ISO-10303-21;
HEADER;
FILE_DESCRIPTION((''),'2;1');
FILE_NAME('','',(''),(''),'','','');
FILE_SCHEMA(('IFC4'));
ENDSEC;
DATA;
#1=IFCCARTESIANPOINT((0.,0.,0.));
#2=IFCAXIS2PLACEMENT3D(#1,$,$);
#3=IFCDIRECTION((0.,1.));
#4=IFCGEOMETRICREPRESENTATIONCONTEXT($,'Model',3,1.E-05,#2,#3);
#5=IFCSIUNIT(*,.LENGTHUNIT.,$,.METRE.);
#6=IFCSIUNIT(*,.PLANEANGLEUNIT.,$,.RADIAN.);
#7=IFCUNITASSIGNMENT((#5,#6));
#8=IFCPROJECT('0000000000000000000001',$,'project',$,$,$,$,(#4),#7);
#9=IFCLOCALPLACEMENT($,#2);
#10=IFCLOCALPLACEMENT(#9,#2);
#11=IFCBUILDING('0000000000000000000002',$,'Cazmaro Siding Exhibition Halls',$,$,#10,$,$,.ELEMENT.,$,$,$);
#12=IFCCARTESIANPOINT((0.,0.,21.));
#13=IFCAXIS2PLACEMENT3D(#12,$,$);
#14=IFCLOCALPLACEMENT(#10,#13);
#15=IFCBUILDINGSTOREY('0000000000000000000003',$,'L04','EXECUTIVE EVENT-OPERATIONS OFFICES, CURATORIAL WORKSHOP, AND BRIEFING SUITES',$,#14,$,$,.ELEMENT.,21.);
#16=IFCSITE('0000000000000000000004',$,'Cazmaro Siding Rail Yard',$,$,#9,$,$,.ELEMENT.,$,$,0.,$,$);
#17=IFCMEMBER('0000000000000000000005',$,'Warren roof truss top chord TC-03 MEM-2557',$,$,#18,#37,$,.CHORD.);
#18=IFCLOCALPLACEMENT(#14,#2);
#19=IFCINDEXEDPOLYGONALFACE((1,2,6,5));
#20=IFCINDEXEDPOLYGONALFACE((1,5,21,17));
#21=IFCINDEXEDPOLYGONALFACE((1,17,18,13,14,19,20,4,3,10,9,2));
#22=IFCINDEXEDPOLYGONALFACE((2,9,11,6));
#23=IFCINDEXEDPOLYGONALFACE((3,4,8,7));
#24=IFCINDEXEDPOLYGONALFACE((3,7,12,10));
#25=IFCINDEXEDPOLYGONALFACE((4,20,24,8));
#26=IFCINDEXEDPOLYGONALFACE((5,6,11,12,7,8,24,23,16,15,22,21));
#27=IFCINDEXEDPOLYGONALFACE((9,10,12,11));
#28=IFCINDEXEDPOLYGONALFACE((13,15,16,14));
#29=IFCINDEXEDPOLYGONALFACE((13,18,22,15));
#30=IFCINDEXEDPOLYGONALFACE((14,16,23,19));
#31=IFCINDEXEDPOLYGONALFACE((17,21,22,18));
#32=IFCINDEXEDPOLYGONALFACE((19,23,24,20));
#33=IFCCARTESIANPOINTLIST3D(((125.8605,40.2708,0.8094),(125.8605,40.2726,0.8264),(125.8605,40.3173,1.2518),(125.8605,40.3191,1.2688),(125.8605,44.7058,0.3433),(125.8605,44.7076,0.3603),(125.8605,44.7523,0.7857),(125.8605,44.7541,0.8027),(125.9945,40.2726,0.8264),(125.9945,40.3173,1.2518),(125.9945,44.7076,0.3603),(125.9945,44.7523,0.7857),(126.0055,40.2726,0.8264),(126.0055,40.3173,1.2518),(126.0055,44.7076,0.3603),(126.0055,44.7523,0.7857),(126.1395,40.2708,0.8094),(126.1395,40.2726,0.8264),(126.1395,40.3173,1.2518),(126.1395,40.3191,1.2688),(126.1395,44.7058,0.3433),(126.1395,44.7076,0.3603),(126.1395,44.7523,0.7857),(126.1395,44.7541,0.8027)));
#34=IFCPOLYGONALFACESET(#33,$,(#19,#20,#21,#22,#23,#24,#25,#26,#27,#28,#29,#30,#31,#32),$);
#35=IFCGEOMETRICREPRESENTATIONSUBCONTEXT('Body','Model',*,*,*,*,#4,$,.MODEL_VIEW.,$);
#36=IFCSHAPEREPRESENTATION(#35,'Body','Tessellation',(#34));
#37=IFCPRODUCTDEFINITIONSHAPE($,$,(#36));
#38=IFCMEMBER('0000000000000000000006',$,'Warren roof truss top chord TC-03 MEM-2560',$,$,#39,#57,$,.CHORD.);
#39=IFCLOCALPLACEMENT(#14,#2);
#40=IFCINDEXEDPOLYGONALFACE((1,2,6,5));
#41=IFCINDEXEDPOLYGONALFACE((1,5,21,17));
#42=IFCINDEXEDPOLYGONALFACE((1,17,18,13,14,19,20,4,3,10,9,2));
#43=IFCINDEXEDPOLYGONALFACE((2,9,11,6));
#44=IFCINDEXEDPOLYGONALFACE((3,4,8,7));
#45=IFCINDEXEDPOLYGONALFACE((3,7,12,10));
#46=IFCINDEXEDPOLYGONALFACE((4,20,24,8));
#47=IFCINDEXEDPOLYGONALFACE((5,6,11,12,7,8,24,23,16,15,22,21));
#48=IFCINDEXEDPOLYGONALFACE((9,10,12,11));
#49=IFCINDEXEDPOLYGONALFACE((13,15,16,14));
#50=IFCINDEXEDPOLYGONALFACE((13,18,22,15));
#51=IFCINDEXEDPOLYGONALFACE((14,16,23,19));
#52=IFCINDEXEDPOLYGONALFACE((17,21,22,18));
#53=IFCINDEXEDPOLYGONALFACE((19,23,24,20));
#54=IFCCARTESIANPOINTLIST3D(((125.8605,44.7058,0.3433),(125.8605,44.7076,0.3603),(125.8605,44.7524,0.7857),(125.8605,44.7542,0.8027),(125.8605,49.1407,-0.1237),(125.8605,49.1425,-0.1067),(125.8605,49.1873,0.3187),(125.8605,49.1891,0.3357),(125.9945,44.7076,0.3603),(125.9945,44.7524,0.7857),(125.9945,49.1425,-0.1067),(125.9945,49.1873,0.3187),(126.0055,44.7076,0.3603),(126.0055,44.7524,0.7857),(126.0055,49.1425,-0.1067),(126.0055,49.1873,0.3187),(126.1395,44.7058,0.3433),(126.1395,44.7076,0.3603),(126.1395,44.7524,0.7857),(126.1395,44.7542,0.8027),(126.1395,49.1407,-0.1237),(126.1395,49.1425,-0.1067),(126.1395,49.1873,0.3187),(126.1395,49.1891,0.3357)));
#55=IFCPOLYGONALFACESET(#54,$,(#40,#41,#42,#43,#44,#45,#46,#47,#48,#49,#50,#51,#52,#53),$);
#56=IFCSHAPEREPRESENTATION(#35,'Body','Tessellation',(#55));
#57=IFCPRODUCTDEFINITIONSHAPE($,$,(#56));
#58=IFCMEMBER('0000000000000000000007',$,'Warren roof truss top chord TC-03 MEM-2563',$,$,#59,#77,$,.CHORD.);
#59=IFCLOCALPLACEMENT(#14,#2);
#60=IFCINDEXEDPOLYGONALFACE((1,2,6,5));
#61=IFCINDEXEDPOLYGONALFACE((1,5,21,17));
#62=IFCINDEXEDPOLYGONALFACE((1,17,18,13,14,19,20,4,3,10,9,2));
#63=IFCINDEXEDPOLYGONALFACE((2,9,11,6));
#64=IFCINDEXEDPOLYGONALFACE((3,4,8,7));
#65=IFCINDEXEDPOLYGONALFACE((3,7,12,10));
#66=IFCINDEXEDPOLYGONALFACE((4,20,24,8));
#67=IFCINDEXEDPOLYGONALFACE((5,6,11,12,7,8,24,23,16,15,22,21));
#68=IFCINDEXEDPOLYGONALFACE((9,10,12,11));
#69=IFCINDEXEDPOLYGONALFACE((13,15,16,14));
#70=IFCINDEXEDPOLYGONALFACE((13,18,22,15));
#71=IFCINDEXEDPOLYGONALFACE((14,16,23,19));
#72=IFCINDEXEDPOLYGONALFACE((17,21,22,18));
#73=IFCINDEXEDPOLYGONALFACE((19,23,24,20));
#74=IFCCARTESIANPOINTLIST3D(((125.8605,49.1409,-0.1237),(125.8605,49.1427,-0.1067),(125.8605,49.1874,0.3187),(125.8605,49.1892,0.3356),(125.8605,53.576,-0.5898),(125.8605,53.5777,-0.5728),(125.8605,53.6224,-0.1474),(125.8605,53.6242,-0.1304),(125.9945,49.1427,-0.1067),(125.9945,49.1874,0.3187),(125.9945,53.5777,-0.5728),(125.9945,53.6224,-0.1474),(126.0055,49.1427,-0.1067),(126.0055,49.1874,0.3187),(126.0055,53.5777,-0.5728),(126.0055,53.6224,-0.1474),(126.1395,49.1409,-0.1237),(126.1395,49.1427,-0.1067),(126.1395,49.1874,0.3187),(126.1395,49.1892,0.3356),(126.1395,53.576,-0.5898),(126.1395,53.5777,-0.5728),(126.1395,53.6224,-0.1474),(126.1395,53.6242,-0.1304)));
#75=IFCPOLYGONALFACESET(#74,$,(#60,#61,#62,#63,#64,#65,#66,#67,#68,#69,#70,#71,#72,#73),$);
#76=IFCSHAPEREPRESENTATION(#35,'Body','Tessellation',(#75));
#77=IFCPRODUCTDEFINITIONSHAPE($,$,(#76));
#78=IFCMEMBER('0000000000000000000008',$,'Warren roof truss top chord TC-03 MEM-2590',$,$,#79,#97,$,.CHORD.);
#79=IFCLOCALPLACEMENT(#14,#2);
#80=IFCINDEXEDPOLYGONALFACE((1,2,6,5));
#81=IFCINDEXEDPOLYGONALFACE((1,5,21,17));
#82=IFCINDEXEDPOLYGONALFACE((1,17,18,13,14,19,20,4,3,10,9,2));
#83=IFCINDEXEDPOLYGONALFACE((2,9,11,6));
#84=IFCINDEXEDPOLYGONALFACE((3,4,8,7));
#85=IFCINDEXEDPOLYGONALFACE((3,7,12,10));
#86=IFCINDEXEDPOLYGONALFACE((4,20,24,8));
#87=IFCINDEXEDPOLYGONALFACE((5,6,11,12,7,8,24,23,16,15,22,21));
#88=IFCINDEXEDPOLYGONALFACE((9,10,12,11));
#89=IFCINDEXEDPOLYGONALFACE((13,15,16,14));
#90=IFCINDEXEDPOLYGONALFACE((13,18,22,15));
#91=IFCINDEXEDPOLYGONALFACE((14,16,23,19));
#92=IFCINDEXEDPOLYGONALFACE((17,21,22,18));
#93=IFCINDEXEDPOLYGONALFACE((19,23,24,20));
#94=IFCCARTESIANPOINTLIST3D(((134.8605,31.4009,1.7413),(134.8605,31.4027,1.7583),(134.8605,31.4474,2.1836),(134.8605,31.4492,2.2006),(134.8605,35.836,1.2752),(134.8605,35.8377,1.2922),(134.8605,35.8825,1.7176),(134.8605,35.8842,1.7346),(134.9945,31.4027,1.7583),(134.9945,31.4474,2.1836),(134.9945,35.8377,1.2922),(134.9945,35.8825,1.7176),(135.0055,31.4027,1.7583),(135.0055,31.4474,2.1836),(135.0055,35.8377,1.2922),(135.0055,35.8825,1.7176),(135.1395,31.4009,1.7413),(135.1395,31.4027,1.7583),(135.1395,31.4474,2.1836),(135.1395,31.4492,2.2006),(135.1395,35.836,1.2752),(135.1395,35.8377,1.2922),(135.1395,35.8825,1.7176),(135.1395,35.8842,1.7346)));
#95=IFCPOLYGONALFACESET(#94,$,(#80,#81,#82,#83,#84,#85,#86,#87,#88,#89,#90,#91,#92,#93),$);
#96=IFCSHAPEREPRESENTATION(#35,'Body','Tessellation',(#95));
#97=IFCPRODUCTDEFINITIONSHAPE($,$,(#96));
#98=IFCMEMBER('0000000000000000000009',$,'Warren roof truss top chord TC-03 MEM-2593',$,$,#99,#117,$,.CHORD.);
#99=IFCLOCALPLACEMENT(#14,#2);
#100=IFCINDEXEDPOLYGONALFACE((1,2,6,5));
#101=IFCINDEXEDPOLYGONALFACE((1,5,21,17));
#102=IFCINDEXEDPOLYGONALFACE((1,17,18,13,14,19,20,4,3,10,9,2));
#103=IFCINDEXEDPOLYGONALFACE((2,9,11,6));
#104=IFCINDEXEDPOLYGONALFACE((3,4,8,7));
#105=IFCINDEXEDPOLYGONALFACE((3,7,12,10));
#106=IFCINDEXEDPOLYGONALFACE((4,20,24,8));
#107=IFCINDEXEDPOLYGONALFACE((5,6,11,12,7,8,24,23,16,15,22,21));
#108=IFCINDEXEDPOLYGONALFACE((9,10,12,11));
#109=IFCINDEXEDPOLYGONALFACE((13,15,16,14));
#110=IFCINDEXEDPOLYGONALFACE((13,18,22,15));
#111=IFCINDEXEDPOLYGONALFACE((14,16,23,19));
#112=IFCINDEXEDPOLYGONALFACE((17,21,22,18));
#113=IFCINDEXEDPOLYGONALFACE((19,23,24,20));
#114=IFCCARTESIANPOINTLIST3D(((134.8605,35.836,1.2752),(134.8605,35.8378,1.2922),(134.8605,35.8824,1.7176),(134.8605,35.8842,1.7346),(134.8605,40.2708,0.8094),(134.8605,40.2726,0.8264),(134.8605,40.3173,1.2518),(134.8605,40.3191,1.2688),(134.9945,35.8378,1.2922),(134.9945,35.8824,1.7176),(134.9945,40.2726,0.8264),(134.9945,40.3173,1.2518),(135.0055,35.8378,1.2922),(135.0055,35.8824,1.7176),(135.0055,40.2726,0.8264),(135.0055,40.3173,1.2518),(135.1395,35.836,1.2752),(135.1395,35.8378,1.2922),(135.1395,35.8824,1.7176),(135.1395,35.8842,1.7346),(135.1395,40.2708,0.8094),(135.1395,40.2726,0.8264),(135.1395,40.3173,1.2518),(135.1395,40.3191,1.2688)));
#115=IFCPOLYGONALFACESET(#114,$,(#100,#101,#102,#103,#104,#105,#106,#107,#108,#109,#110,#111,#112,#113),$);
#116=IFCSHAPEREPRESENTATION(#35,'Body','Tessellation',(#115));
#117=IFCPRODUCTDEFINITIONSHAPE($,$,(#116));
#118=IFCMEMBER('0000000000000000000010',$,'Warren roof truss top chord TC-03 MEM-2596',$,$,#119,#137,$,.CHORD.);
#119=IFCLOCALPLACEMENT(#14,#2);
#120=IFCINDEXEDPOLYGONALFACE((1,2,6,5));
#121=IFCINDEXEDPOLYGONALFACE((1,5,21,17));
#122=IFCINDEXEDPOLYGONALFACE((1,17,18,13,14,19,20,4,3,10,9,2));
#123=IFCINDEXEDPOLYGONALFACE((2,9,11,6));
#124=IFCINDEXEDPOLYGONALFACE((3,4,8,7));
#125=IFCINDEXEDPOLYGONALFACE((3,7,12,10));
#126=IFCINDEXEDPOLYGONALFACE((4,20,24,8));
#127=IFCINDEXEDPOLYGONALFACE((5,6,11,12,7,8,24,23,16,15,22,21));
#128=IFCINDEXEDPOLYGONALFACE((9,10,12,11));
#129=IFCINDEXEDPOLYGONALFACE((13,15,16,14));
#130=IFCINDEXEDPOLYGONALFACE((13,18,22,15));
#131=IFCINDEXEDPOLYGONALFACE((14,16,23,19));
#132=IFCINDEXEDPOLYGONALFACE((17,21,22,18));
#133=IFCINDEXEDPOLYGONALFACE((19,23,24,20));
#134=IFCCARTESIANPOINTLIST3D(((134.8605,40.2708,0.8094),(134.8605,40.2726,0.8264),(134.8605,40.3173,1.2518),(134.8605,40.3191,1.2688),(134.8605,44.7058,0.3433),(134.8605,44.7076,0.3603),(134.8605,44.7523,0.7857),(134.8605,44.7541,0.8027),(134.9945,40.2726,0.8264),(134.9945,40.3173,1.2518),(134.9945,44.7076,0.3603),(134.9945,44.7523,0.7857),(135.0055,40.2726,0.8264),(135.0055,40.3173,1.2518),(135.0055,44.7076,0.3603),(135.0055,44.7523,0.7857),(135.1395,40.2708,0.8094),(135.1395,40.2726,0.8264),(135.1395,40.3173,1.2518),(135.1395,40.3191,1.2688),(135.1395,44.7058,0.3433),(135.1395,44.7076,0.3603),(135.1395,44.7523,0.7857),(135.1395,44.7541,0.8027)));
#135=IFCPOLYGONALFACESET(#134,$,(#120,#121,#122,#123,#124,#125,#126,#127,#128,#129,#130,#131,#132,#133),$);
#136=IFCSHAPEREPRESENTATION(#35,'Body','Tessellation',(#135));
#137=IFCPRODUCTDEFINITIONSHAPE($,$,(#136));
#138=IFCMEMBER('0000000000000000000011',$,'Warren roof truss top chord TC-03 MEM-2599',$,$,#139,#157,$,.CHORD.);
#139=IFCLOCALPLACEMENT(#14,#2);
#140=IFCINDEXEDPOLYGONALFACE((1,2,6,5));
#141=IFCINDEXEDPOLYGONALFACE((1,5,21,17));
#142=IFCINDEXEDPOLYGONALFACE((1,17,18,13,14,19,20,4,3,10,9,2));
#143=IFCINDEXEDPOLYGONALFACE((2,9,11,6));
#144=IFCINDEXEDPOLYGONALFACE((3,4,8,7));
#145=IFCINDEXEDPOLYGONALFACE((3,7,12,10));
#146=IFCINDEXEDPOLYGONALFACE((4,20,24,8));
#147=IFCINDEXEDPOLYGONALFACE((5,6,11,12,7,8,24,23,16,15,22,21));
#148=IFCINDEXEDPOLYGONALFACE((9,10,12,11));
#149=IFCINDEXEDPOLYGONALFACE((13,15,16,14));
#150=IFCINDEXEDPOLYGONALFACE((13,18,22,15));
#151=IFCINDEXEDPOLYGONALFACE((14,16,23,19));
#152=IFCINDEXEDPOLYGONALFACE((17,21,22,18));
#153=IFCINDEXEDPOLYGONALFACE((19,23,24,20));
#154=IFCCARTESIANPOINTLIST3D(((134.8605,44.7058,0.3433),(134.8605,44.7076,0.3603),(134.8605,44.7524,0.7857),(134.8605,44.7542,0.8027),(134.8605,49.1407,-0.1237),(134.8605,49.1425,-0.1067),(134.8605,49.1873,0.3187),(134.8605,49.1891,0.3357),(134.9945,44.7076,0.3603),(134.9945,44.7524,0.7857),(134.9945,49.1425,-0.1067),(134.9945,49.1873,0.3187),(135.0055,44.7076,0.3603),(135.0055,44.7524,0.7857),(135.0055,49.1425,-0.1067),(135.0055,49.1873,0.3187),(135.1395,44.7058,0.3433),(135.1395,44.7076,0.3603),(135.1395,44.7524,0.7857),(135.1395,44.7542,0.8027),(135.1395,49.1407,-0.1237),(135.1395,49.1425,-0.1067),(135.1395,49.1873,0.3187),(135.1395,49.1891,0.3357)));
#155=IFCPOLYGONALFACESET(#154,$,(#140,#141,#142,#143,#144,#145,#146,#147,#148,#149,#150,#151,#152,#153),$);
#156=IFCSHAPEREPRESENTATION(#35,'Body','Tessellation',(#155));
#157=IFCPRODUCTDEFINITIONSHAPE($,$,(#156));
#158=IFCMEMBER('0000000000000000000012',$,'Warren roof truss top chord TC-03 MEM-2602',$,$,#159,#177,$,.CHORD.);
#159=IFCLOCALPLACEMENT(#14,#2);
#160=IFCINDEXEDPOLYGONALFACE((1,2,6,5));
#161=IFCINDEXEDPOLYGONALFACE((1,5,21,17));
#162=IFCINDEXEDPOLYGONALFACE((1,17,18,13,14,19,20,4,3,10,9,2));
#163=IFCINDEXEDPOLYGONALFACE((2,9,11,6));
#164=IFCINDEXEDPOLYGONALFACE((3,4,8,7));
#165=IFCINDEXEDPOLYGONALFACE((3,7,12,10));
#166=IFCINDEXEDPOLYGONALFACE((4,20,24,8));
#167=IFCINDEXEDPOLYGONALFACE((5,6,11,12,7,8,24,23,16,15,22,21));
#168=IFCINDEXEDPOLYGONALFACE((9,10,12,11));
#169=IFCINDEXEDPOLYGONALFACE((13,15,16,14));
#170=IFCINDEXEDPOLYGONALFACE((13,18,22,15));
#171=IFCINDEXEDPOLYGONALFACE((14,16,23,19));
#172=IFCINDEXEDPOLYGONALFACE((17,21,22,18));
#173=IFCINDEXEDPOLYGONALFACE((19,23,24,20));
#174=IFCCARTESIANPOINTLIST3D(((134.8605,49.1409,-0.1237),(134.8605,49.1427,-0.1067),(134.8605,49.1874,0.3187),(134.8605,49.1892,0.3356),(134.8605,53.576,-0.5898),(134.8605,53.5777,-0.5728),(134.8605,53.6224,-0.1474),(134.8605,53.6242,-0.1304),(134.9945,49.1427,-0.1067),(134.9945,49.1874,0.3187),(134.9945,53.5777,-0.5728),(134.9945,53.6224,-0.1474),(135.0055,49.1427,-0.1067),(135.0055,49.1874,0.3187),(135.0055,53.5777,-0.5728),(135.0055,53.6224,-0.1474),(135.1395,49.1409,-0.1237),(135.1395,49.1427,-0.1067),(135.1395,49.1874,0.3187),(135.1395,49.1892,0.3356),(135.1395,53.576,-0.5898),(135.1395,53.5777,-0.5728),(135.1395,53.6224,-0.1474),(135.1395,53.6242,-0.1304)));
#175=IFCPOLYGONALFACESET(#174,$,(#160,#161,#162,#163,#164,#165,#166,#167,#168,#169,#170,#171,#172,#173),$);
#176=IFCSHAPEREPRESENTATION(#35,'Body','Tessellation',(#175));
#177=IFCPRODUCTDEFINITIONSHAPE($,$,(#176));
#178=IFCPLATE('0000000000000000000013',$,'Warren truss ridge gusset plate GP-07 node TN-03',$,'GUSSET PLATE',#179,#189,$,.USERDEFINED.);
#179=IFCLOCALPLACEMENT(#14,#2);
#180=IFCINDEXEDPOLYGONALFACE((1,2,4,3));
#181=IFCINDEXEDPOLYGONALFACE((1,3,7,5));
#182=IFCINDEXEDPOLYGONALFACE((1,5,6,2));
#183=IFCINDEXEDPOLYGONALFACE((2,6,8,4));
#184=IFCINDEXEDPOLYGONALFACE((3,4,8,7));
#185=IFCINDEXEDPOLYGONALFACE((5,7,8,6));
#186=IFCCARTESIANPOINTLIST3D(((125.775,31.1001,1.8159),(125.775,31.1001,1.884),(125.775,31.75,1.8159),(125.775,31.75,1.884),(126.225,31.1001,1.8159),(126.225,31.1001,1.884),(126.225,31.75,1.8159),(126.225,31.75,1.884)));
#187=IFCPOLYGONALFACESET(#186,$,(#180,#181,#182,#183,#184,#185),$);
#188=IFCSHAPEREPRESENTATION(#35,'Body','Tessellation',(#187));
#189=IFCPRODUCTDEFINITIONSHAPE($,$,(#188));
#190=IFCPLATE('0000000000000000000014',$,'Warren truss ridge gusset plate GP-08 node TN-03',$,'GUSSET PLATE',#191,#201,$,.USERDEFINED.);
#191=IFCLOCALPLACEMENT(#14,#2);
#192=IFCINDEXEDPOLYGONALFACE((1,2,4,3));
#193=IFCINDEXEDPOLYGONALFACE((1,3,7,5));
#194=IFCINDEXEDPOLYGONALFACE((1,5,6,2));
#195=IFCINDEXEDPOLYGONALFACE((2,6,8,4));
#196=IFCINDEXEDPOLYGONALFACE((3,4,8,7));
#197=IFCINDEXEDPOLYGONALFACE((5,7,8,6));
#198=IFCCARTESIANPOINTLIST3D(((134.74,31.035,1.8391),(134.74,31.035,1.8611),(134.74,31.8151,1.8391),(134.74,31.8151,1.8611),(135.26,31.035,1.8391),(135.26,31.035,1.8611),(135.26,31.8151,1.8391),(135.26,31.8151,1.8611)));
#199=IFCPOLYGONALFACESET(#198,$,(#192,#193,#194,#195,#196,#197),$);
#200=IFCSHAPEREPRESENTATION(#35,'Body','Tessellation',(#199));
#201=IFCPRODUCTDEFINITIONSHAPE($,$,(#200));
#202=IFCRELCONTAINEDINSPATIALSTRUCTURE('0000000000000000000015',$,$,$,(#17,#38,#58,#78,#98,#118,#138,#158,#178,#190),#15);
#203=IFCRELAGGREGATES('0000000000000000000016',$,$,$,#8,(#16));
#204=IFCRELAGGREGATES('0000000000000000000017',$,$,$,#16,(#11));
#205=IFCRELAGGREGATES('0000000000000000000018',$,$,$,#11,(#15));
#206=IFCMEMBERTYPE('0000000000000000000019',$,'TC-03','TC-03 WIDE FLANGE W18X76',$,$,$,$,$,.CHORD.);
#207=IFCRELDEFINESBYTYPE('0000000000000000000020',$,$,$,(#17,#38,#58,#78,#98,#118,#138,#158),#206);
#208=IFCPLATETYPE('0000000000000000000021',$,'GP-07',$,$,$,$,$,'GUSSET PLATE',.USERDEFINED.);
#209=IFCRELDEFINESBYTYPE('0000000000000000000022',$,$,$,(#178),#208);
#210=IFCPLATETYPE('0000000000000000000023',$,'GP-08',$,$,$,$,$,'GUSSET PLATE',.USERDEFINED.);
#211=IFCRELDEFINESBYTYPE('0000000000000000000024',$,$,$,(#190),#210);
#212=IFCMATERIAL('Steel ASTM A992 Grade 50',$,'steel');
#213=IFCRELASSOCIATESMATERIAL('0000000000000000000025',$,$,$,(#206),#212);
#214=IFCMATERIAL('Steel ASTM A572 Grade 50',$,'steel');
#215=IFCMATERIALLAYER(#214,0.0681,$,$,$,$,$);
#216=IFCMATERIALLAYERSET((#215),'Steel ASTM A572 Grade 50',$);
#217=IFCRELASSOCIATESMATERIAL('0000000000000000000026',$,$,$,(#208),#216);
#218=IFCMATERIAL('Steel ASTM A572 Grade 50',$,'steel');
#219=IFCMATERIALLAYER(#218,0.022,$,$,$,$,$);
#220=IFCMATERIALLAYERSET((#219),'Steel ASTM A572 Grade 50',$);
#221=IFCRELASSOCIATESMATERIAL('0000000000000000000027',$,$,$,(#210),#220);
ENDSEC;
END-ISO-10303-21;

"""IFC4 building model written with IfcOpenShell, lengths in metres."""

from ifc_helpers import new_model, si_unit, direction, frame, origin, origin_2d, place, context, subcontext, project, spatial, rectangle, i_section, extrude, material, layer, layer_set, material_profile, profile_set, type_object, element, save


model = new_model("IFC4")

# Units and contexts
model_context = context("Model", 3, precision=1e-05, world=origin(), true_north=direction((0.0, 1.0)))
body_context = subcontext(model_context, "Body", "Model", "MODEL_VIEW")
ifc_project = project(units=[si_unit("LENGTHUNIT", "METRE"), si_unit("PLANEANGLEUNIT", "RADIAN")], contexts=[model_context])

# Site, building, storey
site_placement = place(None, origin())
site = spatial("IfcSite", under=ifc_project, at=site_placement, Name="Cazmaro Siding Rail Yard", CompositionType="ELEMENT", RefElevation=0.0)
building_placement = place(site_placement, origin())
building = spatial("IfcBuilding", under=site, at=building_placement, Name="Cazmaro Siding Exhibition Halls", CompositionType="ELEMENT")
storey_placement = place(building_placement, frame((0.0, 0.0, 21.0)))
storey = spatial("IfcBuildingStorey", under=building, at=storey_placement, Name="L04", Description="EXECUTIVE EVENT-OPERATIONS OFFICES, CURATORIAL WORKSHOP, AND BRIEFING SUITES", CompositionType="ELEMENT", Elevation=21.0)

# Members
ifc_material_1 = material(Name="Steel ASTM A992 Grade 50", Category="steel")
ifc_material_profile_1 = material_profile(ifc_material_1, i_section(OverallWidth=0.2791, OverallDepth=0.4619, WebThickness=0.011, FlangeThickness=0.0171, at=origin_2d()), Name="W18X76")
ifc_profile_set_1 = profile_set([ifc_material_profile_1], Name="Steel ASTM A992 Grade 50")
member_type_1 = type_object("IfcMemberType", Name="TC-03", Description="TC-03 WIDE FLANGE W18X76", PredefinedType="CHORD", material=ifc_profile_set_1)
for number, where, z_axis, x_axis, name in (
    (1, (126.0, 40.2949, 1.0391), (0.0, 0.994524, -0.104511), (-1.0, 0.0, 0.0), "Warren roof truss top chord TC-03 MEM-2557"),
    (2, (126.0, 44.73, 0.573), (0.0, 0.994501, -0.104728), (-1.0, 0.0, 0.0), "Warren roof truss top chord TC-03 MEM-2560"),
    (3, (126.0, 49.165, 0.106), (0.0, 0.994524, -0.104511), (-1.0, 0.0, 0.0), "Warren roof truss top chord TC-03 MEM-2563"),
    (4, (135.0, 31.425, 1.9709), (0.0, 0.994524, -0.104511), (-1.0, 0.0, 0.0), "Warren roof truss top chord TC-03 MEM-2590"),
):
    element("IfcMember", number, at=place(storey_placement, frame(where, z_axis=z_axis, x_axis=x_axis)), inside=storey, type_object=member_type_1, Name=name, PredefinedType="CHORD", context=body_context, shape_type="SweptSolid", body=[
        extrude(i_section(OverallWidth=0.2791, OverallDepth=0.4619, WebThickness=0.011, FlangeThickness=0.0171, at=origin_2d()), origin(), (0.0, 0.0, 1.0), 4.4595),
    ])
member_1_placement = place(storey_placement, frame((135.0, 35.8601, 1.5049), z_axis=(0.0, 0.994529, -0.104462), x_axis=(-1.0, 0.0, 0.0)))
element("IfcMember", 5, at=member_1_placement, inside=storey, type_object=member_type_1, Name="Warren roof truss top chord TC-03 MEM-2593", PredefinedType="CHORD", context=body_context, shape_type="SweptSolid", body=[
    extrude(i_section(OverallWidth=0.2791, OverallDepth=0.4619, WebThickness=0.011, FlangeThickness=0.0171, at=origin_2d()), origin(), (0.0, 0.0, 1.0), 4.4592),
])
for number, where, z_axis, x_axis, name in (
    (6, (135.0, 40.2949, 1.0391), (0.0, 0.994524, -0.104511), (-1.0, 0.0, 0.0), "Warren roof truss top chord TC-03 MEM-2596"),
    (7, (135.0, 44.73, 0.573), (0.0, 0.994501, -0.104728), (-1.0, 0.0, 0.0), "Warren roof truss top chord TC-03 MEM-2599"),
    (8, (135.0, 49.165, 0.106), (0.0, 0.994524, -0.104511), (-1.0, 0.0, 0.0), "Warren roof truss top chord TC-03 MEM-2602"),
):
    element("IfcMember", number, at=place(storey_placement, frame(where, z_axis=z_axis, x_axis=x_axis)), inside=storey, type_object=member_type_1, Name=name, PredefinedType="CHORD", context=body_context, shape_type="SweptSolid", body=[
        extrude(i_section(OverallWidth=0.2791, OverallDepth=0.4619, WebThickness=0.011, FlangeThickness=0.0171, at=origin_2d()), origin(), (0.0, 0.0, 1.0), 4.4595),
    ])

# Plates
ifc_material_2 = material(Name="Steel ASTM A572 Grade 50", Category="steel")
ifc_layer_1 = layer(ifc_material_2, 0.0681)
ifc_layer_set_1 = layer_set([ifc_layer_1], Name="Steel ASTM A572 Grade 50")
plate_type_1 = type_object("IfcPlateType", Name="GP-07", ElementType="GUSSET PLATE", PredefinedType="USERDEFINED", material=ifc_layer_set_1)
plate_1_placement = place(storey_placement, frame((126.0, 31.425, 1.8159), z_axis=(0.0, 0.0, 1.0), x_axis=(0.0, 1.0, 0.0)))
element("IfcPlate", 9, at=plate_1_placement, inside=storey, type_object=plate_type_1, Name="Warren truss ridge gusset plate GP-07 node TN-03", ObjectType="GUSSET PLATE", PredefinedType="USERDEFINED", context=body_context, shape_type="SweptSolid", body=[
    extrude(rectangle(XDim=0.6499, YDim=0.45, at=origin_2d()), origin(), (0.0, 0.0, 1.0), 0.0681),
])
ifc_material_3 = material(Name="Steel ASTM A572 Grade 50", Category="steel")
ifc_layer_2 = layer(ifc_material_3, 0.022)
ifc_layer_set_2 = layer_set([ifc_layer_2], Name="Steel ASTM A572 Grade 50")
plate_type_2 = type_object("IfcPlateType", Name="GP-08", ElementType="GUSSET PLATE", PredefinedType="USERDEFINED", material=ifc_layer_set_2)
plate_2_placement = place(storey_placement, frame((135.0, 31.425, 1.8391), z_axis=(0.0, 0.0, 1.0), x_axis=(0.0, 1.0, 0.0)))
element("IfcPlate", 10, at=plate_2_placement, inside=storey, type_object=plate_type_2, Name="Warren truss ridge gusset plate GP-08 node TN-03", ObjectType="GUSSET PLATE", PredefinedType="USERDEFINED", context=body_context, shape_type="SweptSolid", body=[
    extrude(rectangle(XDim=0.78, YDim=0.52, at=origin_2d()), origin(), (0.0, 0.0, 1.0), 0.022),
])

save(model, "model.ifc")
